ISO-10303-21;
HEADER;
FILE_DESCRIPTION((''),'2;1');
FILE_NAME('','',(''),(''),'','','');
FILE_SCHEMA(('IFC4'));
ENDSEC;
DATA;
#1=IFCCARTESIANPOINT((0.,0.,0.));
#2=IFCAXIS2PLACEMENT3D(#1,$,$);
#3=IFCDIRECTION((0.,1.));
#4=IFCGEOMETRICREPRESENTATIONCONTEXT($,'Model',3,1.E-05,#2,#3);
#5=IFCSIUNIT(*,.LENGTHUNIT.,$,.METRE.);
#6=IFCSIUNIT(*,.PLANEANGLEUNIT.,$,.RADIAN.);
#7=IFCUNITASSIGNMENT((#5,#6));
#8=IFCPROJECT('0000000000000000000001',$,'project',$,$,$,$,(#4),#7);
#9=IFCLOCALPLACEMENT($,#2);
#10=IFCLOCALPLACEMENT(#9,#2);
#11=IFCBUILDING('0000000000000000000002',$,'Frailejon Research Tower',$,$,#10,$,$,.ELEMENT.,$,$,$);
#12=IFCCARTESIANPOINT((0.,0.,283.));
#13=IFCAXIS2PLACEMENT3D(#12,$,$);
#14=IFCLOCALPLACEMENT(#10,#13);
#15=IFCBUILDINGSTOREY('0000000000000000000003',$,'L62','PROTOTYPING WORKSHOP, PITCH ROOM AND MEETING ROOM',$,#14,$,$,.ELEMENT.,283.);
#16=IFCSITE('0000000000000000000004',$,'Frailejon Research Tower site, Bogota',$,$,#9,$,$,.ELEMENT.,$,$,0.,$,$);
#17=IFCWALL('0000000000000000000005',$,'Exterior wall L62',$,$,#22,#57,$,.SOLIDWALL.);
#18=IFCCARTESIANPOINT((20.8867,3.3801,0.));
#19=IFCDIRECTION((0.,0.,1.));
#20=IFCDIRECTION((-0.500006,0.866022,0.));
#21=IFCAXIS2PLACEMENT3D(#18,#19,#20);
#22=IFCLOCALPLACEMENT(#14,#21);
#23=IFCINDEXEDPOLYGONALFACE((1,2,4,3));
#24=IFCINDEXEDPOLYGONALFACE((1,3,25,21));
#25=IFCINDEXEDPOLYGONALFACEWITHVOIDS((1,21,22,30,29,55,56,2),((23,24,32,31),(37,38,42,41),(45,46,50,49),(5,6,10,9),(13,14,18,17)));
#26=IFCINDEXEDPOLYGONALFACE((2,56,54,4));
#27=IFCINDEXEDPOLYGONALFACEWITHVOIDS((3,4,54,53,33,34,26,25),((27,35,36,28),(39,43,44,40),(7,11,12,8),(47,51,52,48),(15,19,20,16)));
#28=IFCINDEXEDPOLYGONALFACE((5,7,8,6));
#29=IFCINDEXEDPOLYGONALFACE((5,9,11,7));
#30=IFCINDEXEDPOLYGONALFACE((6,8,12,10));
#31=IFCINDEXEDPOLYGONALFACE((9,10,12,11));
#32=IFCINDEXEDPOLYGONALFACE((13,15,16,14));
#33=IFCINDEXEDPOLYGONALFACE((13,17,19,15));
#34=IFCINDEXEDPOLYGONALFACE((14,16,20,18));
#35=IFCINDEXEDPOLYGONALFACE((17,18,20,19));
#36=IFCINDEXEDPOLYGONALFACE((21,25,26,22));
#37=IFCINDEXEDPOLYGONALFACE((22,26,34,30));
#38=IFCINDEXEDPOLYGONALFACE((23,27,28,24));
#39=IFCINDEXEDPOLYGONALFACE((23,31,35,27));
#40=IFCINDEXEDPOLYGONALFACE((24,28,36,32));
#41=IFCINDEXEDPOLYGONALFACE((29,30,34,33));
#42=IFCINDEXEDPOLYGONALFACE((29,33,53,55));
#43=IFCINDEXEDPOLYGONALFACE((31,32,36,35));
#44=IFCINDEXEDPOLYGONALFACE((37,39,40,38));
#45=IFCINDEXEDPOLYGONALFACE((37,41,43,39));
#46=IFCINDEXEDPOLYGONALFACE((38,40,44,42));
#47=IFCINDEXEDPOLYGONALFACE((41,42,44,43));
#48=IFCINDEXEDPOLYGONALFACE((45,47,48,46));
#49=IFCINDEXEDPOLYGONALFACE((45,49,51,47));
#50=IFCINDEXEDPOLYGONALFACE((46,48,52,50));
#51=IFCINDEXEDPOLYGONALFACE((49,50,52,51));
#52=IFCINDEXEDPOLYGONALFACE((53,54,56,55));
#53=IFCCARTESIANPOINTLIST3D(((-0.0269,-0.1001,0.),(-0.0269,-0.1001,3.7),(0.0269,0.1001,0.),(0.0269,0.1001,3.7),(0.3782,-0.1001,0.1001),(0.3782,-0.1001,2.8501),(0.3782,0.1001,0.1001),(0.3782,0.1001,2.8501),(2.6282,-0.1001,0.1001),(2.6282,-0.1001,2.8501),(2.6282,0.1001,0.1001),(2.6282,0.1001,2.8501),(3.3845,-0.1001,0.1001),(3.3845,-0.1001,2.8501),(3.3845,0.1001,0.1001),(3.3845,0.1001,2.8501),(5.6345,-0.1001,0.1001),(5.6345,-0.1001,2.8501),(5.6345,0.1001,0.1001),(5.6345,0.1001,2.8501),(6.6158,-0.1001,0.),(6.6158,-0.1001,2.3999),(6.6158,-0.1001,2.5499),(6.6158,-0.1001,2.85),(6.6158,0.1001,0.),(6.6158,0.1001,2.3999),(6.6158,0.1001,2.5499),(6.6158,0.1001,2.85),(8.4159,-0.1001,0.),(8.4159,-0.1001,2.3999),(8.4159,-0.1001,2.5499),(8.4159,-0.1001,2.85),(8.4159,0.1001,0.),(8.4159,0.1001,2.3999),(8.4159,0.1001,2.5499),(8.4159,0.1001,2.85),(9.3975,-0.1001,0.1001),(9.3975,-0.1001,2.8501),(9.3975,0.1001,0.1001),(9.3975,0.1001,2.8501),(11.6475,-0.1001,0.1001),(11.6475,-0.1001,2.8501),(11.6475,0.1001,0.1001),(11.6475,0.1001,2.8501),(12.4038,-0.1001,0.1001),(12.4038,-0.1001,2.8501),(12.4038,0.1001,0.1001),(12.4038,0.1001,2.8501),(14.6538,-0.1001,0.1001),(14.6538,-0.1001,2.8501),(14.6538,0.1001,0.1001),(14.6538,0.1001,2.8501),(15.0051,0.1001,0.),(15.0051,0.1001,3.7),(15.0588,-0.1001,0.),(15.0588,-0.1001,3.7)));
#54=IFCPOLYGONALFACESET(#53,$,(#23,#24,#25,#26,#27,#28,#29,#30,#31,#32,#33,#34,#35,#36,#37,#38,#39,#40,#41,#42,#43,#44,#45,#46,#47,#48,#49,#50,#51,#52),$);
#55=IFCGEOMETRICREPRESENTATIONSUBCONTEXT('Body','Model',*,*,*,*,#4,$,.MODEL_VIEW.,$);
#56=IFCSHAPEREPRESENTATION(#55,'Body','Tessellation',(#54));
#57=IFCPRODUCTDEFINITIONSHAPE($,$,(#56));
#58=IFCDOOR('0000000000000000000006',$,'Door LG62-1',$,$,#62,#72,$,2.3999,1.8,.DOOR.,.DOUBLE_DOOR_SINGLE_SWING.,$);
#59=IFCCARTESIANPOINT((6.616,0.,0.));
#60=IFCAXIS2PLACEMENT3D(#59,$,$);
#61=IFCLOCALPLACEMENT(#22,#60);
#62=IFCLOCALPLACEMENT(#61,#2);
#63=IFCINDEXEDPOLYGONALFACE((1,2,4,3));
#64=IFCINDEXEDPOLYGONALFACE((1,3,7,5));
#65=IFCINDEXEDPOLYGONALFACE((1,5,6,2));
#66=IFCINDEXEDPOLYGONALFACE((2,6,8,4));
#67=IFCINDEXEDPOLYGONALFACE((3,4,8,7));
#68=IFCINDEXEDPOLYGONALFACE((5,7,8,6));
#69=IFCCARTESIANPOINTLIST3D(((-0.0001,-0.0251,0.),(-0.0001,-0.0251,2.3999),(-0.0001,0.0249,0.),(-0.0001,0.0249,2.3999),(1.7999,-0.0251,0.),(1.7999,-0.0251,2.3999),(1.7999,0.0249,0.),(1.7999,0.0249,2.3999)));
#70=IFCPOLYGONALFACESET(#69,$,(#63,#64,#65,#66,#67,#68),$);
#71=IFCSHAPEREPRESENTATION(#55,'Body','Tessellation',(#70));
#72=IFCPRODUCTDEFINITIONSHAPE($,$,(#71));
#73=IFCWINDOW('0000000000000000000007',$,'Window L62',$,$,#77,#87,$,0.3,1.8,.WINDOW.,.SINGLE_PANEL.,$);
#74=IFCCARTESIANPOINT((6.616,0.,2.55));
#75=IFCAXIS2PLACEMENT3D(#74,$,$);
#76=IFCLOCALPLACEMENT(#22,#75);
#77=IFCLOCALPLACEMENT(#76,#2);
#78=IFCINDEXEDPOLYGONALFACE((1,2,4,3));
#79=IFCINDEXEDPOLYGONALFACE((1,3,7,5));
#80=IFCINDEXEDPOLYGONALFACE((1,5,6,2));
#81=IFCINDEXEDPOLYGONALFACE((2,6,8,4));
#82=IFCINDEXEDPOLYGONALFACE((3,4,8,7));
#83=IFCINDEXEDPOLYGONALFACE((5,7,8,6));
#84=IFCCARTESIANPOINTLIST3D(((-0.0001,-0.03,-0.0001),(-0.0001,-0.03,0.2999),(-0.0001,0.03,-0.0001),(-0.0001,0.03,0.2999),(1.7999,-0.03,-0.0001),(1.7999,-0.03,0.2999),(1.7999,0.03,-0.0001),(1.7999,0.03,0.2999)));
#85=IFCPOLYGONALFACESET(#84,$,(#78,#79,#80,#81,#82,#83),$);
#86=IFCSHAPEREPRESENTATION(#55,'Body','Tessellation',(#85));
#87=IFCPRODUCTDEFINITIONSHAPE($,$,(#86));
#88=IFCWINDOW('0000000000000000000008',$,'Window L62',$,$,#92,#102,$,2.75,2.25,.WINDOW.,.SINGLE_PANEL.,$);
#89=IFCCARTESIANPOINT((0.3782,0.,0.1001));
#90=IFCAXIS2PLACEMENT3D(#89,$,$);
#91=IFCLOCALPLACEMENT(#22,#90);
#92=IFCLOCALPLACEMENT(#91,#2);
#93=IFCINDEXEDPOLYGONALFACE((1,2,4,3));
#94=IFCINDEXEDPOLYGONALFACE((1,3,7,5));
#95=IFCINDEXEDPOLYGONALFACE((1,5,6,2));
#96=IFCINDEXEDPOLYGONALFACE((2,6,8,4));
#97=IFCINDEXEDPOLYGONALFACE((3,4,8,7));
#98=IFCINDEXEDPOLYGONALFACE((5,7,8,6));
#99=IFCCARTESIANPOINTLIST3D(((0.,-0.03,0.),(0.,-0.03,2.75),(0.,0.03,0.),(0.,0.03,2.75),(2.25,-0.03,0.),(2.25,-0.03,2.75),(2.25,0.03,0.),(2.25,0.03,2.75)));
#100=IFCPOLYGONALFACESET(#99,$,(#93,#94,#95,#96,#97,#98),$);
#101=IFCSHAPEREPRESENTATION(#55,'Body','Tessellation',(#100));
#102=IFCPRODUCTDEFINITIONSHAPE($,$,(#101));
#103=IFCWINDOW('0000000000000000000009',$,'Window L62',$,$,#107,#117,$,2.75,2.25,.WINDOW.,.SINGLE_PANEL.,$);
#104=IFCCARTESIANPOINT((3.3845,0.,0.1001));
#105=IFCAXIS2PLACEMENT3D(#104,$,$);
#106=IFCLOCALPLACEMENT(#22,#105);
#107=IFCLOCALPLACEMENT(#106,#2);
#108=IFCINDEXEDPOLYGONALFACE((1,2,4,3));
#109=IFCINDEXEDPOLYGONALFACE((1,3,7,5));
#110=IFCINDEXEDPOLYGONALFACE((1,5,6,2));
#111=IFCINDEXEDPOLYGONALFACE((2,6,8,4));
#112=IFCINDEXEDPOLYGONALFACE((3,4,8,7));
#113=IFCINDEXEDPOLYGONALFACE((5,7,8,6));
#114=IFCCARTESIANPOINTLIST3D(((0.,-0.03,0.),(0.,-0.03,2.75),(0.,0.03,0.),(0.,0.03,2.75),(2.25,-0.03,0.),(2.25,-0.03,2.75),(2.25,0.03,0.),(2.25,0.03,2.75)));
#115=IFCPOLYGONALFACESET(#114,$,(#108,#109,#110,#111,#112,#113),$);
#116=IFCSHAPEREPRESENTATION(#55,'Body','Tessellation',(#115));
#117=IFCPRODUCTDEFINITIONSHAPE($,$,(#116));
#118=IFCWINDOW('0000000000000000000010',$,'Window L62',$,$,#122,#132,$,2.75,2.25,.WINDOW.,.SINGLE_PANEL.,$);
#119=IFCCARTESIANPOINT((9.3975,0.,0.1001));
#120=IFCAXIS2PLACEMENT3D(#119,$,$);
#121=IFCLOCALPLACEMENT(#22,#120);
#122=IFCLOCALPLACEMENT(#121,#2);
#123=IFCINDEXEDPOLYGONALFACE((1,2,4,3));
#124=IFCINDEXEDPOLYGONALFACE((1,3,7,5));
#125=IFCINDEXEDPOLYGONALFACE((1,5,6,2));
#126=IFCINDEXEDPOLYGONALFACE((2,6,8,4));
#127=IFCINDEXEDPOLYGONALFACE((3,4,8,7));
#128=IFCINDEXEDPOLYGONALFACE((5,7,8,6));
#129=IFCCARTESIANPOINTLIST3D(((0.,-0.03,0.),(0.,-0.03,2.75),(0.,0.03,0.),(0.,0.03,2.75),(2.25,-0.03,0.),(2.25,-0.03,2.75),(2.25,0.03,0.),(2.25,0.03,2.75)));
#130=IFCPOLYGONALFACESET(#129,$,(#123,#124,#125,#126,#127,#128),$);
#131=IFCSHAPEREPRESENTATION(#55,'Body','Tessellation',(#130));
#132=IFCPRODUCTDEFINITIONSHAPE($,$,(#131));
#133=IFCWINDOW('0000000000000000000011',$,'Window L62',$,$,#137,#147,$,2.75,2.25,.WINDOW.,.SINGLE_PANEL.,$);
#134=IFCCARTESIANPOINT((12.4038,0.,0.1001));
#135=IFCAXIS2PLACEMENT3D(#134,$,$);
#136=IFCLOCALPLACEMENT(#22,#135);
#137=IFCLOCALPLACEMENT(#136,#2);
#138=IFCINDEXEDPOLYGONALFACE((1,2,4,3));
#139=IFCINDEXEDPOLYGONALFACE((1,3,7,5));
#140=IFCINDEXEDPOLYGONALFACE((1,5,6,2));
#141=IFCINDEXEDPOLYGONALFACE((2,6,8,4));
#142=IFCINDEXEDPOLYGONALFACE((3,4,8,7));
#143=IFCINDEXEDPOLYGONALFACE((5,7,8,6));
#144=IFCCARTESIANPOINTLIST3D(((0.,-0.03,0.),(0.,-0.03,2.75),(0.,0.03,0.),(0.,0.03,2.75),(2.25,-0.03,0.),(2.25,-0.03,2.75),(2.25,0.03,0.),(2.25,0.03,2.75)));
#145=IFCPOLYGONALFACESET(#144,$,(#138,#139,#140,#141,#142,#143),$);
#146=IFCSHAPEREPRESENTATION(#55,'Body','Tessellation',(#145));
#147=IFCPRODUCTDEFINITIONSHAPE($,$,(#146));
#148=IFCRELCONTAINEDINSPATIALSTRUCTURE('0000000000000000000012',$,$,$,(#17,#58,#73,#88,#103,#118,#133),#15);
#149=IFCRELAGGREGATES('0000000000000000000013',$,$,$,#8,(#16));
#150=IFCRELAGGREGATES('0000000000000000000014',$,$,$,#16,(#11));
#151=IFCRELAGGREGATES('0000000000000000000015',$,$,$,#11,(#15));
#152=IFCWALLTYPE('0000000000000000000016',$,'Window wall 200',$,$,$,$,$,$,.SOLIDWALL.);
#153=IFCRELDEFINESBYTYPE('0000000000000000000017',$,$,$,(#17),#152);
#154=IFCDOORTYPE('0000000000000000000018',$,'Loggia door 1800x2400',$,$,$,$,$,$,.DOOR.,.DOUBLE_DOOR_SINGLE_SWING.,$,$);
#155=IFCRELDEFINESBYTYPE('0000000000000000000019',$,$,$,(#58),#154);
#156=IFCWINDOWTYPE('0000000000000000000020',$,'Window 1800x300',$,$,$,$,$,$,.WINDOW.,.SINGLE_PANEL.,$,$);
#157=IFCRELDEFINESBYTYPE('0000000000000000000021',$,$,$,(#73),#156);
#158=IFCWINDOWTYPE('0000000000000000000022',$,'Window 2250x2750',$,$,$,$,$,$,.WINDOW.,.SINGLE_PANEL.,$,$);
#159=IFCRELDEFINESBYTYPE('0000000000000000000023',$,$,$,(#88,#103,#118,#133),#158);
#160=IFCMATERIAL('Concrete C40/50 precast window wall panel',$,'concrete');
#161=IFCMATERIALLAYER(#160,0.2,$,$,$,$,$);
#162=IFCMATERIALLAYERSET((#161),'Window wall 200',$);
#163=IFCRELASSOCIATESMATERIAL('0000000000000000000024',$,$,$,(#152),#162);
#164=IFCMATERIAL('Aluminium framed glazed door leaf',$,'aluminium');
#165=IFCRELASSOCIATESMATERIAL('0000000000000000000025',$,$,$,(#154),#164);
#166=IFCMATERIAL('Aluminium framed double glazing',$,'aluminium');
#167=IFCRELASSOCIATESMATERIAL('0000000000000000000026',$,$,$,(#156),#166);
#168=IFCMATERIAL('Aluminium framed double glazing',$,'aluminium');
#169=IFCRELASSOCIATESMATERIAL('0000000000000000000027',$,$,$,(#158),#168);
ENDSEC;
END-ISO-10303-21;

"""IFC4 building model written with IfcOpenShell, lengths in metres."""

from ifc_helpers import new_model, si_unit, direction, frame, frame_2d, origin, place, context, subcontext, project, spatial, polyline, rectangle, outline, extrude, material, layer, layer_set, type_object, element, fill, save


model = new_model("IFC4")

# Units and contexts
model_context = context("Model", 3, precision=1e-05, world=origin(), true_north=direction((0.0, 1.0)))
body_context = subcontext(model_context, "Body", "Model", "MODEL_VIEW")
ifc_project = project(units=[si_unit("LENGTHUNIT", "METRE"), si_unit("PLANEANGLEUNIT", "RADIAN")], contexts=[model_context])

# Site, building, storey
site_placement = place(None, origin())
site = spatial("IfcSite", under=ifc_project, at=site_placement, Name="Frailejon Research Tower site, Bogota", CompositionType="ELEMENT", RefElevation=0.0)
building_placement = place(site_placement, origin())
building = spatial("IfcBuilding", under=site, at=building_placement, Name="Frailejon Research Tower", CompositionType="ELEMENT")
storey_placement = place(building_placement, frame((0.0, 0.0, 283.0)))
storey = spatial("IfcBuildingStorey", under=building, at=storey_placement, Name="L62", Description="PROTOTYPING WORKSHOP, PITCH ROOM AND MEETING ROOM", CompositionType="ELEMENT", Elevation=283.0)

# Wall, openings, door, windows
ifc_material_1 = material(Name="Concrete C40/50 precast window wall panel", Category="concrete")
ifc_layer_1 = layer(ifc_material_1, 0.2)
ifc_layer_set_1 = layer_set([ifc_layer_1], Name="Window wall 200")
wall_type = type_object("IfcWallType", Name="Window wall 200", PredefinedType="SOLIDWALL", material=ifc_layer_set_1)
wall_placement = place(storey_placement, frame((20.8867, 3.3801, 0.0), z_axis=(0.0, 0.0, 1.0), x_axis=(-0.500006, 0.866022, 0.0)))
wall = element("IfcWall", 1, at=wall_placement, inside=storey, type_object=wall_type, Name="Exterior wall L62", PredefinedType="SOLIDWALL", context=body_context, shape_type="SweptSolid", body=[
    extrude(outline(polyline([(-0.0269, -0.1001), (0.9788, -0.1001), (1.9846, -0.1001), (2.9902, -0.1001), (3.9961, -0.1001), (5.0017, -0.1001), (6.0073, -0.1001), (7.0132, -0.1001), (8.0188, -0.1001), (9.0247, -0.1001), (10.0303, -0.1001), (11.0359, -0.1001), (12.0417, -0.1001), (13.0474, -0.1001), (14.0532, -0.1001), (15.0588, -0.1001), (15.0051, 0.1001), (14.0066, 0.1001), (13.0081, 0.1001), (12.0095, 0.1001), (11.011, 0.1001), (10.0125, 0.1001), (9.0139, 0.1001), (8.0154, 0.1001), (7.0166, 0.1001), (6.0181, 0.1001), (5.0195, 0.1001), (4.021, 0.1001), (3.0225, 0.1001), (2.0239, 0.1001), (1.0254, 0.1001), (0.0269, 0.1001), (-0.0269, -0.1001)])), origin(), (0.0, 0.0, 1.0), 3.7),
])
opening_1_placement = place(wall_placement, frame((0.3782, 0.0, 0.1001)))
opening_1 = element("IfcOpeningElement", 2, at=opening_1_placement, cuts=wall, PredefinedType="OPENING", context=body_context, shape_type="SweptSolid", body=[
    extrude(rectangle(XDim=2.25, YDim=2.75, at=frame_2d((1.125, 1.375))), frame((0.0, 0.1099, 0.0), z_axis=(0.0, -1.0, 0.0), x_axis=(1.0, 0.0, 0.0)), (0.0, 0.0, 1.0), 0.22),
])
opening_2_placement = place(wall_placement, frame((3.3845, 0.0, 0.1001)))
opening_2 = element("IfcOpeningElement", 3, at=opening_2_placement, cuts=wall, PredefinedType="OPENING", context=body_context, shape_type="SweptSolid", body=[
    extrude(rectangle(XDim=2.25, YDim=2.75, at=frame_2d((1.125, 1.375))), frame((0.0, 0.1099, 0.0), z_axis=(0.0, -1.0, 0.0), x_axis=(1.0, 0.0, 0.0)), (0.0, 0.0, 1.0), 0.22),
])
opening_3_placement = place(wall_placement, frame((6.616, 0.0, 0.0)))
opening_3 = element("IfcOpeningElement", 4, at=opening_3_placement, cuts=wall, PredefinedType="OPENING", context=body_context, shape_type="SweptSolid", body=[
    extrude(rectangle(XDim=1.8, YDim=2.3999, at=frame_2d((0.8999, 1.2))), frame((0.0, 0.1099, 0.0), z_axis=(0.0, -1.0, 0.0), x_axis=(1.0, 0.0, 0.0)), (0.0, 0.0, 1.0), 0.22),
])
opening_4_placement = place(wall_placement, frame((6.616, 0.0, 2.55)))
opening_4 = element("IfcOpeningElement", 5, at=opening_4_placement, cuts=wall, PredefinedType="OPENING", context=body_context, shape_type="SweptSolid", body=[
    extrude(rectangle(XDim=1.8, YDim=0.3, at=frame_2d((0.8999, 0.1499))), frame((0.0, 0.1099, 0.0), z_axis=(0.0, -1.0, 0.0), x_axis=(1.0, 0.0, 0.0)), (0.0, 0.0, 1.0), 0.22),
])
opening_5_placement = place(wall_placement, frame((9.3975, 0.0, 0.1001)))
opening_5 = element("IfcOpeningElement", 6, at=opening_5_placement, cuts=wall, PredefinedType="OPENING", context=body_context, shape_type="SweptSolid", body=[
    extrude(rectangle(XDim=2.25, YDim=2.75, at=frame_2d((1.125, 1.375))), frame((0.0, 0.1099, 0.0), z_axis=(0.0, -1.0, 0.0), x_axis=(1.0, 0.0, 0.0)), (0.0, 0.0, 1.0), 0.22),
])
opening_6_placement = place(wall_placement, frame((12.4038, 0.0, 0.1001)))
opening_6 = element("IfcOpeningElement", 7, at=opening_6_placement, cuts=wall, PredefinedType="OPENING", context=body_context, shape_type="SweptSolid", body=[
    extrude(rectangle(XDim=2.25, YDim=2.75, at=frame_2d((1.125, 1.375))), frame((0.0, 0.1099, 0.0), z_axis=(0.0, -1.0, 0.0), x_axis=(1.0, 0.0, 0.0)), (0.0, 0.0, 1.0), 0.22),
])
ifc_material_2 = material(Name="Aluminium framed glazed door leaf", Category="aluminium")
door_type = type_object("IfcDoorType", Name="Loggia door 1800x2400", OperationType="DOUBLE_DOOR_SINGLE_SWING", PredefinedType="DOOR", material=ifc_material_2)
door_placement = place(opening_3_placement, origin())
door = element("IfcDoor", 8, at=door_placement, inside=storey, type_object=door_type, Name="Door LG62-1", OperationType="DOUBLE_DOOR_SINGLE_SWING", OverallHeight=2.3999, OverallWidth=1.8, PredefinedType="DOOR", context=body_context, shape_type="SweptSolid", body=[
    extrude(rectangle(XDim=1.8, YDim=2.3999, at=frame_2d((0.8999, 1.2))), frame((0.0, 0.0249, 0.0), z_axis=(0.0, -1.0, 0.0), x_axis=(1.0, 0.0, 0.0)), (0.0, 0.0, 1.0), 0.05),
])
fill(opening_3, door)
ifc_material_3 = material(Name="Aluminium framed double glazing", Category="aluminium")
window_type_1 = type_object("IfcWindowType", Name="Window 1800x300", PartitioningType="SINGLE_PANEL", PredefinedType="WINDOW", material=ifc_material_3)
window_1_placement = place(opening_4_placement, origin())
window_1 = element("IfcWindow", 9, at=window_1_placement, inside=storey, type_object=window_type_1, Name="Window L62", OverallHeight=0.3, OverallWidth=1.8, PartitioningType="SINGLE_PANEL", PredefinedType="WINDOW", context=body_context, shape_type="SweptSolid", body=[
    extrude(rectangle(XDim=1.8, YDim=0.3, at=frame_2d((0.8999, 0.1499))), frame((0.0, 0.03, 0.0), z_axis=(0.0, -1.0, 0.0), x_axis=(1.0, 0.0, 0.0)), (0.0, 0.0, 1.0), 0.0601),
])
fill(opening_4, window_1)
ifc_material_4 = material(Name="Aluminium framed double glazing", Category="aluminium")
window_type_2 = type_object("IfcWindowType", Name="Window 2250x2750", PartitioningType="SINGLE_PANEL", PredefinedType="WINDOW", material=ifc_material_4)
window_2_placement = place(opening_1_placement, origin())
window_2 = element("IfcWindow", 10, at=window_2_placement, inside=storey, type_object=window_type_2, Name="Window L62", OverallHeight=2.75, OverallWidth=2.25, PartitioningType="SINGLE_PANEL", PredefinedType="WINDOW", context=body_context, shape_type="SweptSolid", body=[
    extrude(rectangle(XDim=2.25, YDim=2.75, at=frame_2d((1.125, 1.375))), frame((0.0, 0.03, 0.0), z_axis=(0.0, -1.0, 0.0), x_axis=(1.0, 0.0, 0.0)), (0.0, 0.0, 1.0), 0.0601),
])
fill(opening_1, window_2)
window_3_placement = place(opening_2_placement, origin())
window_3 = element("IfcWindow", 11, at=window_3_placement, inside=storey, type_object=window_type_2, Name="Window L62", OverallHeight=2.75, OverallWidth=2.25, PartitioningType="SINGLE_PANEL", PredefinedType="WINDOW", context=body_context, shape_type="SweptSolid", body=[
    extrude(rectangle(XDim=2.25, YDim=2.75, at=frame_2d((1.125, 1.375))), frame((0.0, 0.03, 0.0), z_axis=(0.0, -1.0, 0.0), x_axis=(1.0, 0.0, 0.0)), (0.0, 0.0, 1.0), 0.0601),
])
fill(opening_2, window_3)
window_4_placement = place(opening_5_placement, origin())
window_4 = element("IfcWindow", 12, at=window_4_placement, inside=storey, type_object=window_type_2, Name="Window L62", OverallHeight=2.75, OverallWidth=2.25, PartitioningType="SINGLE_PANEL", PredefinedType="WINDOW", context=body_context, shape_type="SweptSolid", body=[
    extrude(rectangle(XDim=2.25, YDim=2.75, at=frame_2d((1.125, 1.375))), frame((0.0, 0.03, 0.0), z_axis=(0.0, -1.0, 0.0), x_axis=(1.0, 0.0, 0.0)), (0.0, 0.0, 1.0), 0.0601),
])
fill(opening_5, window_4)
window_5_placement = place(opening_6_placement, origin())
window_5 = element("IfcWindow", 13, at=window_5_placement, inside=storey, type_object=window_type_2, Name="Window L62", OverallHeight=2.75, OverallWidth=2.25, PartitioningType="SINGLE_PANEL", PredefinedType="WINDOW", context=body_context, shape_type="SweptSolid", body=[
    extrude(rectangle(XDim=2.25, YDim=2.75, at=frame_2d((1.125, 1.375))), frame((0.0, 0.03, 0.0), z_axis=(0.0, -1.0, 0.0), x_axis=(1.0, 0.0, 0.0)), (0.0, 0.0, 1.0), 0.0601),
])
fill(opening_6, window_5)

save(model, "model.ifc")
